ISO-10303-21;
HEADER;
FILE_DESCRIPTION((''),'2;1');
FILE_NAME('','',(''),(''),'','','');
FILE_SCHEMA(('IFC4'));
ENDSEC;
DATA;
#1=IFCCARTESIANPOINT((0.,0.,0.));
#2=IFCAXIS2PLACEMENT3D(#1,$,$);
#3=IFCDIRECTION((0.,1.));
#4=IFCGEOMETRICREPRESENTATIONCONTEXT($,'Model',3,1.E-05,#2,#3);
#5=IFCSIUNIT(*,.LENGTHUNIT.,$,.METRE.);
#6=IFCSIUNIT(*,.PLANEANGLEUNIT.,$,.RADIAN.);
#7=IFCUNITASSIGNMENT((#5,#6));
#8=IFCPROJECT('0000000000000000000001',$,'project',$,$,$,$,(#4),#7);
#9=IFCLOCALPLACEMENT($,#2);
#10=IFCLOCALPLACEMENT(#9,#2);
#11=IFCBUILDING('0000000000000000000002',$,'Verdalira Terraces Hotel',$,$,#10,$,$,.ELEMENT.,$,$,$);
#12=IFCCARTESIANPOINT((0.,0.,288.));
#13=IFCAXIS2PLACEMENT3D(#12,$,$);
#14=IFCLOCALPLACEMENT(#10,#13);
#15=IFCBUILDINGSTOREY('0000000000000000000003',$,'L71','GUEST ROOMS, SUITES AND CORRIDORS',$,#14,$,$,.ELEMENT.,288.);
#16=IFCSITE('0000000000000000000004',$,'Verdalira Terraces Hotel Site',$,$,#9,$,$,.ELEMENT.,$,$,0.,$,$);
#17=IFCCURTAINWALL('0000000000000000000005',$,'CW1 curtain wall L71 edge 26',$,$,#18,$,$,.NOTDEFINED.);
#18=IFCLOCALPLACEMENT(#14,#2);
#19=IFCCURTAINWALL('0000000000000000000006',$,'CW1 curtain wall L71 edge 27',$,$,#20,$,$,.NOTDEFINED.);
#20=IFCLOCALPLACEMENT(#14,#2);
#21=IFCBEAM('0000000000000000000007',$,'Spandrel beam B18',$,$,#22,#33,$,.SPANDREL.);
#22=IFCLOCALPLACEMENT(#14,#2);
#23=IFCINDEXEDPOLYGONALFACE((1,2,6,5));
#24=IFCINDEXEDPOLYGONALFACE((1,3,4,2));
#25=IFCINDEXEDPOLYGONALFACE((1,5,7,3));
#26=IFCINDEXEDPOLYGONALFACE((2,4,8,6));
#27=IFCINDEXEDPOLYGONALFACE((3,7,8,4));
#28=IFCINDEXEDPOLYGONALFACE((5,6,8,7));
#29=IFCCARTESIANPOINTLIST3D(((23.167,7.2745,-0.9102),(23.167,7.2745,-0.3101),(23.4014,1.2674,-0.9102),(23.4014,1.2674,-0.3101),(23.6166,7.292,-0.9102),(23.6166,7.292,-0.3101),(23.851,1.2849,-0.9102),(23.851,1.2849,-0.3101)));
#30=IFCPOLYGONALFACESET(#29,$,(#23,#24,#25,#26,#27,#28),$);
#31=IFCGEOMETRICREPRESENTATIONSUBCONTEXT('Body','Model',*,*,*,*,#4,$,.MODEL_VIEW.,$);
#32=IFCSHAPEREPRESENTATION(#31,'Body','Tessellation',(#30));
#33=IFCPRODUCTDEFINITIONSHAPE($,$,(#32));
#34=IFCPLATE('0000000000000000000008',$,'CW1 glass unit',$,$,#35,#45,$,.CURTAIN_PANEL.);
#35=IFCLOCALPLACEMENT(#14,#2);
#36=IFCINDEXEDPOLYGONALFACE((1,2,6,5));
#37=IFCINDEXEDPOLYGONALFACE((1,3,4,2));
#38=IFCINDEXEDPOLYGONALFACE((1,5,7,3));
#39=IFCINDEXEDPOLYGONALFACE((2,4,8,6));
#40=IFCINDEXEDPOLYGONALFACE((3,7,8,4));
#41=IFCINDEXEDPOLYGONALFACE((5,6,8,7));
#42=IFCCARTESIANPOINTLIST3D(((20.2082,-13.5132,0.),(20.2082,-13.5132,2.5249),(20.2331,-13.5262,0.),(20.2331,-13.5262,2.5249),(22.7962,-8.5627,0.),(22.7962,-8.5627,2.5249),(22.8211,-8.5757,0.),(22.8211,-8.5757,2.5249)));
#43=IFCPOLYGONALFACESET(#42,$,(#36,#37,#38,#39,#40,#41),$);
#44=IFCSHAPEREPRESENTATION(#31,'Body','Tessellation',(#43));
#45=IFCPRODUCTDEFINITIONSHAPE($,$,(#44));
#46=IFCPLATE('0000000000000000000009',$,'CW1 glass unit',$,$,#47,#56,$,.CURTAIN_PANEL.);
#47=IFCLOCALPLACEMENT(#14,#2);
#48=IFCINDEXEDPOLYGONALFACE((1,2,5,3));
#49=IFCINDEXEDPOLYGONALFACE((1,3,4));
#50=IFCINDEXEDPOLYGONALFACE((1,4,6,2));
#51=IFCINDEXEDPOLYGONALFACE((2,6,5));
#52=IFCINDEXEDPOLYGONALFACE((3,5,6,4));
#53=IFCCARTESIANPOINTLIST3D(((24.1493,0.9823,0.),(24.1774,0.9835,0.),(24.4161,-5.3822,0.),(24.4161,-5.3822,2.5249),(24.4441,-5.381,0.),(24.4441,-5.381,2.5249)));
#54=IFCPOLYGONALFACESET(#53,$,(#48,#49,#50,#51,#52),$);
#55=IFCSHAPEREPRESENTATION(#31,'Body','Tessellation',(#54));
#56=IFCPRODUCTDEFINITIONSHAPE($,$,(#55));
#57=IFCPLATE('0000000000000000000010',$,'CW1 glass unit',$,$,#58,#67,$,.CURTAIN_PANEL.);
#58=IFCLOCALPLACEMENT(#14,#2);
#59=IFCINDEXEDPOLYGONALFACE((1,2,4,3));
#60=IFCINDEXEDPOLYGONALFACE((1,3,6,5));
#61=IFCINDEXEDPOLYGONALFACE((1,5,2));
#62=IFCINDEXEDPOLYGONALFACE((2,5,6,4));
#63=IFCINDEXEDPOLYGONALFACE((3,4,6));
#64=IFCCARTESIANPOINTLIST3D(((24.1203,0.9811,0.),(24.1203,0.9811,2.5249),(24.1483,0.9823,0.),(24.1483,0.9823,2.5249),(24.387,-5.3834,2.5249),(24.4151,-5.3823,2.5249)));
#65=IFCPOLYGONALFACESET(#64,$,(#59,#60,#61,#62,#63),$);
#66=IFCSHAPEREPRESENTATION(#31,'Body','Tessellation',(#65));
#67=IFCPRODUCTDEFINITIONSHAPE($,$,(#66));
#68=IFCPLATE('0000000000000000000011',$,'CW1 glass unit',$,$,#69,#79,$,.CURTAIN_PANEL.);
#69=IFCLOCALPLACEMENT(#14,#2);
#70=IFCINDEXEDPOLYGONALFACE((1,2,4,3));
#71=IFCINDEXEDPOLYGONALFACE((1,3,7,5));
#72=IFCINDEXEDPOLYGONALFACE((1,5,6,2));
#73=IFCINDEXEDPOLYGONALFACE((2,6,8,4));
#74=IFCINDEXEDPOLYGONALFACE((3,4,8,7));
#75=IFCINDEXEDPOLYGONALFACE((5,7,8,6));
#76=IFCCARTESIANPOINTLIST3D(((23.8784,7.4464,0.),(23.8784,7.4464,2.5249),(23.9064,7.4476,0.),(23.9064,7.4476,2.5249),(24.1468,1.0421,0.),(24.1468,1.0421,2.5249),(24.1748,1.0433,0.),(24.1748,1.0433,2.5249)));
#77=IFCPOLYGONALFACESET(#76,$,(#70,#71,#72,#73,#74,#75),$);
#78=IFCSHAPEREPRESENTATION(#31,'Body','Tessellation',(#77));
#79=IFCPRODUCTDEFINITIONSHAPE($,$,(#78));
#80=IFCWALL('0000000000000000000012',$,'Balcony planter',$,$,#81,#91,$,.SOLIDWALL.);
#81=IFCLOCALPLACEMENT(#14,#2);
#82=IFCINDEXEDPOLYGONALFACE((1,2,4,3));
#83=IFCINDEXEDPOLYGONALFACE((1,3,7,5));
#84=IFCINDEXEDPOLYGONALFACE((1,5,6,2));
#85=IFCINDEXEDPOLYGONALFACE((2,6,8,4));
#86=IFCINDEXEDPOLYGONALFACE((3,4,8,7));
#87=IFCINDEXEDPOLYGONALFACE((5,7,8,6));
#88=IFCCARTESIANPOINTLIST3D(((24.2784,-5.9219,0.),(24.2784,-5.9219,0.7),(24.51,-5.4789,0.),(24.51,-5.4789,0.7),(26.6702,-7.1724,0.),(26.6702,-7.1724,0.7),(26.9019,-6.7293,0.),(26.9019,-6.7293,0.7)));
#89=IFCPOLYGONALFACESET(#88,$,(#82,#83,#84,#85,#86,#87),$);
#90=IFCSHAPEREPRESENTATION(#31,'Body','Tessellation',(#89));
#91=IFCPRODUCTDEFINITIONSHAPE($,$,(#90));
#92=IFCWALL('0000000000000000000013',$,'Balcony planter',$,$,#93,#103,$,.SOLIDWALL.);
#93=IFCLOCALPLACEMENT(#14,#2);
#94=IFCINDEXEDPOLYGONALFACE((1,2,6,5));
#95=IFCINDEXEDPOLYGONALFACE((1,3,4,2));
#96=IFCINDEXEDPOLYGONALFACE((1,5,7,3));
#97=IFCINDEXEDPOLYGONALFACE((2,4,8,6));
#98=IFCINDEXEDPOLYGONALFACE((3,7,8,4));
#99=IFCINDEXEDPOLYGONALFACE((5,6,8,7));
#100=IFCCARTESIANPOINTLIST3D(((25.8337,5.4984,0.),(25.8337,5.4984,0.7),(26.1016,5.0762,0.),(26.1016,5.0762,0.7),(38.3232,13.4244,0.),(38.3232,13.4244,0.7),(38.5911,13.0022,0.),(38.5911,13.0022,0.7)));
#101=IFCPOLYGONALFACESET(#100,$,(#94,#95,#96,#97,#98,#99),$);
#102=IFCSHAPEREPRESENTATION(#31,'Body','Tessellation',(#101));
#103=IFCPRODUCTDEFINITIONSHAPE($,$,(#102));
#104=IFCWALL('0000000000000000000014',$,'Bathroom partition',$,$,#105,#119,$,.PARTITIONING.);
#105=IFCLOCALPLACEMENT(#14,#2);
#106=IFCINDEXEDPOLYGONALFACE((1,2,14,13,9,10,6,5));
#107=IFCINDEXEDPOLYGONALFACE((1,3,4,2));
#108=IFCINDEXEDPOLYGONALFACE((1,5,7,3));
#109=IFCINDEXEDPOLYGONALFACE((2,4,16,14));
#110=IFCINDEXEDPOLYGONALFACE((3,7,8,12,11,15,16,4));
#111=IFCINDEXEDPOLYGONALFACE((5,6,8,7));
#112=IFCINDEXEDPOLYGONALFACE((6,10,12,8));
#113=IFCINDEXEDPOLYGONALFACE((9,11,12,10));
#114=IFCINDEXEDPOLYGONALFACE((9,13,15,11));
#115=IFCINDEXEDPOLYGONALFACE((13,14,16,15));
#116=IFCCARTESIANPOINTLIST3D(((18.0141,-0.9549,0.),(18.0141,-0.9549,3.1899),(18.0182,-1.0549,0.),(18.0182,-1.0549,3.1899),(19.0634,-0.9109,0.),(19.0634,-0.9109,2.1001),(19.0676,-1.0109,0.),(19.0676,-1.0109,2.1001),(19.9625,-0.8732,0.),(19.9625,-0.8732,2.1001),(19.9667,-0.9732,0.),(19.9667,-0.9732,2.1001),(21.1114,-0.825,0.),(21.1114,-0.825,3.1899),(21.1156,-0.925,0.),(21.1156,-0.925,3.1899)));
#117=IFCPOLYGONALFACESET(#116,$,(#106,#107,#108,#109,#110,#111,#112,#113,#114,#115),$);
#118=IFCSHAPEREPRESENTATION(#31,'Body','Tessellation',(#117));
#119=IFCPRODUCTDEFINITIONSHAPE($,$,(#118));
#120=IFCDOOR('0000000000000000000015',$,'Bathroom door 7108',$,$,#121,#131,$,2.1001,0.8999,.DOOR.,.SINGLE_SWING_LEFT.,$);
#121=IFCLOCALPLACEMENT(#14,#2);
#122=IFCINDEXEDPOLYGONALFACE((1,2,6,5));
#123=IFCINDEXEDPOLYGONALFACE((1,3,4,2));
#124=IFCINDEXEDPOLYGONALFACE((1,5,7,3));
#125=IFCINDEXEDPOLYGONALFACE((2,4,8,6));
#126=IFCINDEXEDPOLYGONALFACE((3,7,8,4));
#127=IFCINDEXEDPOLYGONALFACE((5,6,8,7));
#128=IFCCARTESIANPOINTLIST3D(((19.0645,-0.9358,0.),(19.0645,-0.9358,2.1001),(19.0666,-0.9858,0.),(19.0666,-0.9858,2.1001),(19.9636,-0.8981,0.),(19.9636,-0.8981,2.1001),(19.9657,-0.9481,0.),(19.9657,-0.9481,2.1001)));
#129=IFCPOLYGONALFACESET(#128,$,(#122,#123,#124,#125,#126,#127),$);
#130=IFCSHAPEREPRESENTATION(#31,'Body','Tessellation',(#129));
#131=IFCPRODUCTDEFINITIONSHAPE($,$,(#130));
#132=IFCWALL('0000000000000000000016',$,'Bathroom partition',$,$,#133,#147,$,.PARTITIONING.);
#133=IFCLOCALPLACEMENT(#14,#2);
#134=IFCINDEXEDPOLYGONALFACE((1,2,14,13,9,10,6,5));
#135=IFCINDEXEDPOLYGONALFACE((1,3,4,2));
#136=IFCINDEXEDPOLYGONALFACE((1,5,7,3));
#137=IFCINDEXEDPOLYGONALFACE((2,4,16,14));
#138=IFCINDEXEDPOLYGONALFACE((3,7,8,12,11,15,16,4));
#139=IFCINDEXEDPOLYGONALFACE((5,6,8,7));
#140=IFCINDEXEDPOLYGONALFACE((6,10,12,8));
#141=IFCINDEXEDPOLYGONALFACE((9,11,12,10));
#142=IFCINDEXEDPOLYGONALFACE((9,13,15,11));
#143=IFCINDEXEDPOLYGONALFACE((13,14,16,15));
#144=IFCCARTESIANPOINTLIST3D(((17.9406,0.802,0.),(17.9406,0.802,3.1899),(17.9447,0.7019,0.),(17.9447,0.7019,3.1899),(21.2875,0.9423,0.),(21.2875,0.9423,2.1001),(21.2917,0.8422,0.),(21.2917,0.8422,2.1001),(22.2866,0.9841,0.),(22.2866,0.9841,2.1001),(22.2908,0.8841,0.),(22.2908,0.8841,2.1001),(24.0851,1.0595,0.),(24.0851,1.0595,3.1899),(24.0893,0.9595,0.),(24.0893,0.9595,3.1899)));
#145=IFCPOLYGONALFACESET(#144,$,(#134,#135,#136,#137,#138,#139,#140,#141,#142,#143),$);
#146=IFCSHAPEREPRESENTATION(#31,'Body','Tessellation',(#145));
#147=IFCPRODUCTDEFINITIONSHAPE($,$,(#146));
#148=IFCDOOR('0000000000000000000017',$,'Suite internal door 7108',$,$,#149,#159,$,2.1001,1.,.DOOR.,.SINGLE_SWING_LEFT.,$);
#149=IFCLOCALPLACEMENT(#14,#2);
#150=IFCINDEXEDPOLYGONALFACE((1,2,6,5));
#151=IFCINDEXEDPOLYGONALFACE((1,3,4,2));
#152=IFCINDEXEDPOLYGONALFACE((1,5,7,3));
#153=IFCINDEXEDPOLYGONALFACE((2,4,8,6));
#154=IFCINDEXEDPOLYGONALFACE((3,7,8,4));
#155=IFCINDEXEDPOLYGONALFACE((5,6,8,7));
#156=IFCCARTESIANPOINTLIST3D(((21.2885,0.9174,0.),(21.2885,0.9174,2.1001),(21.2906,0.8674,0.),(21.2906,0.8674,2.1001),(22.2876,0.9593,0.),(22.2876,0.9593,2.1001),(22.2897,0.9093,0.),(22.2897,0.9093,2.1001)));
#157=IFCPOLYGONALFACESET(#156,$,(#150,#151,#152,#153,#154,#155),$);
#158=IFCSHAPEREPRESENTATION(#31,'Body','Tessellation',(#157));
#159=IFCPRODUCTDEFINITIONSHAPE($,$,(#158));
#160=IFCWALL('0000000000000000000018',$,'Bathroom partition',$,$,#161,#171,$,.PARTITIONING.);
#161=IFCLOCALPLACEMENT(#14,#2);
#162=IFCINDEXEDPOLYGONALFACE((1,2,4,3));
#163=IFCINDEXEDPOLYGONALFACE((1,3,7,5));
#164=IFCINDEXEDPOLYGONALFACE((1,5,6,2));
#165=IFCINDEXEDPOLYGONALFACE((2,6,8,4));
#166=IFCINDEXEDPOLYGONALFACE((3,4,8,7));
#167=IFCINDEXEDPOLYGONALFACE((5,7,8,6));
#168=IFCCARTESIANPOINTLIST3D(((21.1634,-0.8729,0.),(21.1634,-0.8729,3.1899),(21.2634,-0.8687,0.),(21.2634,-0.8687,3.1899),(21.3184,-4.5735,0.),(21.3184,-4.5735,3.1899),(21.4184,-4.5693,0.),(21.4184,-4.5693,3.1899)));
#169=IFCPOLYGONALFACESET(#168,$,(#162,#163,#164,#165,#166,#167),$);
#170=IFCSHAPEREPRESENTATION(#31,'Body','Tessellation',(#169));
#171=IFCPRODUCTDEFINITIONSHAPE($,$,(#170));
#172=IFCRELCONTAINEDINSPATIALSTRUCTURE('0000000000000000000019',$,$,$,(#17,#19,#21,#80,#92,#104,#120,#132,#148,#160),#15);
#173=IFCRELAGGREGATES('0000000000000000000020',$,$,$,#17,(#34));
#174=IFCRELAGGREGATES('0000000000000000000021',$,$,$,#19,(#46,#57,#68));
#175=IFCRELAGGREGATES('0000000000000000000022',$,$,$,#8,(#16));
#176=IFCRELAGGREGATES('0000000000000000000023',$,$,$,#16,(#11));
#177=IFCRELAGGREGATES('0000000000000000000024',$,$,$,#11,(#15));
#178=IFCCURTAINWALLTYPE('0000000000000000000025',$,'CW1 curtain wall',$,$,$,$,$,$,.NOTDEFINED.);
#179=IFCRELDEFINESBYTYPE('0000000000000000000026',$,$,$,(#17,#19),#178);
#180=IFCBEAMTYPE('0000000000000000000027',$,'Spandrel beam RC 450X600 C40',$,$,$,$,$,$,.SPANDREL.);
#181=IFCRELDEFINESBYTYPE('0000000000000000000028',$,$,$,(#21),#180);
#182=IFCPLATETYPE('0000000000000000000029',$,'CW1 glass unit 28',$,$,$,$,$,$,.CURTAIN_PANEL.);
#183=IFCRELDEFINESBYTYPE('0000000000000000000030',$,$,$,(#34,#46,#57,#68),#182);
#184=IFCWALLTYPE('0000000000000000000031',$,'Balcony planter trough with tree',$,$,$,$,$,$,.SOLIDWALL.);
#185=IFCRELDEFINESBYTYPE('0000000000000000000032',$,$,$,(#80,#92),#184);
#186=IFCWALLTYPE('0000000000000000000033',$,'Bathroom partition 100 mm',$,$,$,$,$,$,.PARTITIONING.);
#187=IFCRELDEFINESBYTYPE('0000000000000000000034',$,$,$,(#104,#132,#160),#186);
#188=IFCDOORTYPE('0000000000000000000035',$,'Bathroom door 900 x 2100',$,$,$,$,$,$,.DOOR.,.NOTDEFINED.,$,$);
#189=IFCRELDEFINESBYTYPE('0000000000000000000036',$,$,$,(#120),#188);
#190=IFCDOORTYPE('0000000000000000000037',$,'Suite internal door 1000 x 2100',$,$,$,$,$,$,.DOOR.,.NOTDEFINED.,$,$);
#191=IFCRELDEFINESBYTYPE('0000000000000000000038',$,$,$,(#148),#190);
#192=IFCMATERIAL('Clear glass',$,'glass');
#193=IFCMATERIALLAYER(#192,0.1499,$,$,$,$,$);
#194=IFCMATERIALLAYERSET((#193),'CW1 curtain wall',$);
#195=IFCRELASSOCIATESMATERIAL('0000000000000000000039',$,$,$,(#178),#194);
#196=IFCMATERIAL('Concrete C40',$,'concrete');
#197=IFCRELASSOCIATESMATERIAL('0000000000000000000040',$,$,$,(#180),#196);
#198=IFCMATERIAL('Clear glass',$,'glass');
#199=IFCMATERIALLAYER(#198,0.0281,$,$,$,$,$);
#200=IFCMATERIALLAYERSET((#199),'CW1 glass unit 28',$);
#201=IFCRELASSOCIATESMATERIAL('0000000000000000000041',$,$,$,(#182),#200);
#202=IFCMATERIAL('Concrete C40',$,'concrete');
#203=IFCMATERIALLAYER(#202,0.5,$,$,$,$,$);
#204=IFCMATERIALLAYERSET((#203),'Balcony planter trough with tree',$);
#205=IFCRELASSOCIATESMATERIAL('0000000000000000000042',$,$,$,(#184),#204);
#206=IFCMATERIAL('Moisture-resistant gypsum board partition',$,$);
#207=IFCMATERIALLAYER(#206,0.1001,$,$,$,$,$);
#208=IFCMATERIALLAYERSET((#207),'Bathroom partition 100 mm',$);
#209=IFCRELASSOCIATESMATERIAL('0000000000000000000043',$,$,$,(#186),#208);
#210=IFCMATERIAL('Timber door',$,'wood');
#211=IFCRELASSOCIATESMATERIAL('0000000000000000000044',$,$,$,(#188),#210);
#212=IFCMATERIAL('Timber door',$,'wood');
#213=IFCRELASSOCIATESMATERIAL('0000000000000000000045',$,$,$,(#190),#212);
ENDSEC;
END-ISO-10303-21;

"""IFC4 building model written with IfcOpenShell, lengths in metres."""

from ifc_helpers import new_model, si_unit, direction, frame, frame_2d, origin, origin_2d, place, context, subcontext, project, spatial, polyline, rectangle, outline, extrude, material, layer, layer_set, material_profile, profile_set, type_object, element, fill, aggregate, save


model = new_model("IFC4")

# Units and contexts
model_context = context("Model", 3, precision=1e-05, world=origin(), true_north=direction((0.0, 1.0)))
body_context = subcontext(model_context, "Body", "Model", "MODEL_VIEW")
ifc_project = project(units=[si_unit("LENGTHUNIT", "METRE"), si_unit("PLANEANGLEUNIT", "RADIAN")], contexts=[model_context])

# Site, building, storey
site_placement = place(None, origin())
site = spatial("IfcSite", under=ifc_project, at=site_placement, Name="Verdalira Terraces Hotel Site", CompositionType="ELEMENT", RefElevation=0.0)
building_placement = place(site_placement, origin())
building = spatial("IfcBuilding", under=site, at=building_placement, Name="Verdalira Terraces Hotel", CompositionType="ELEMENT")
storey_placement = place(building_placement, frame((0.0, 0.0, 288.0)))
storey = spatial("IfcBuildingStorey", under=building, at=storey_placement, Name="L71", Description="GUEST ROOMS, SUITES AND CORRIDORS", CompositionType="ELEMENT", Elevation=288.0)

# Curtain wall
ifc_material_1 = material(Name="Clear glass", Category="glass")
ifc_layer_1 = layer(ifc_material_1, 0.1499)
ifc_layer_set_1 = layer_set([ifc_layer_1], Name="CW1 curtain wall")
curtain_wall_type = type_object("IfcCurtainWallType", Name="CW1 curtain wall", PredefinedType="NOTDEFINED", material=ifc_layer_set_1)
curtain_wall_1_placement = place(storey_placement, origin())
curtain_wall_1 = element("IfcCurtainWall", 1, at=curtain_wall_1_placement, inside=storey, type_object=curtain_wall_type, Name="CW1 curtain wall L71 edge 26", PredefinedType="NOTDEFINED")

# Curtain wall
curtain_wall_2_placement = place(storey_placement, origin())
curtain_wall_2 = element("IfcCurtainWall", 2, at=curtain_wall_2_placement, inside=storey, type_object=curtain_wall_type, Name="CW1 curtain wall L71 edge 27", PredefinedType="NOTDEFINED")

# Beam
ifc_material_2 = material(Name="Concrete C40", Category="concrete")
ifc_material_profile_1 = material_profile(ifc_material_2, rectangle(XDim=0.45, YDim=0.6001, at=origin_2d()), Name="RC 450X600")
ifc_profile_set_1 = profile_set([ifc_material_profile_1], Name="Concrete C40")
beam_type_1 = type_object("IfcBeamType", Name="Spandrel beam RC 450X600 C40", PredefinedType="SPANDREL", material=ifc_profile_set_1)
beam_1_placement = place(storey_placement, frame((23.6262, 1.2761, -0.6101), z_axis=(-0.038987, 0.99924, 0.0), x_axis=(-0.99924, -0.038987, 0.0)))
element("IfcBeam", 3, at=beam_1_placement, inside=storey, type_object=beam_type_1, Name="Spandrel beam B18", PredefinedType="SPANDREL", context=body_context, shape_type="SweptSolid", body=[
    extrude(rectangle(XDim=0.45, YDim=0.6001, at=origin_2d()), origin(), (0.0, 0.0, 1.0), 6.0117),
])

# Plates
ifc_material_3 = material(Name="Clear glass", Category="glass")
ifc_layer_2 = layer(ifc_material_3, 0.0281)
ifc_layer_set_2 = layer_set([ifc_layer_2], Name="CW1 glass unit 28")
plate_type = type_object("IfcPlateType", Name="CW1 glass unit 28", PredefinedType="CURTAIN_PANEL", material=ifc_layer_set_2)
plate_1_placement = place(storey_placement, frame((21.5146, -11.0444, 0.0), z_axis=(0.0, 0.0, 1.0), x_axis=(0.463296, 0.886204, 0.0)))
plate_1 = element("IfcPlate", 4, at=plate_1_placement, type_object=plate_type, Name="CW1 glass unit", PredefinedType="CURTAIN_PANEL", context=body_context, shape_type="SweptSolid", body=[
    extrude(rectangle(XDim=5.5862, YDim=0.0281, at=origin_2d()), origin(), (0.0, 0.0, 1.0), 2.5249),
])
aggregate(curtain_wall_1, [plate_1])
plate_2_placement = place(storey_placement, frame((24.2827, -2.2, 1.2625), z_axis=(0.999123, 0.041876, 0.0), x_axis=(-0.041876, 0.999123, 0.0)))
plate_2 = element("IfcPlate", 5, at=plate_2_placement, type_object=plate_type, Name="CW1 glass unit", PredefinedType="CURTAIN_PANEL", context=body_context, shape_type="SweptSolid", body=[
    extrude(outline(polyline([(-3.1851, -1.2625), (3.1851, -1.2625), (-3.1851, 1.2625), (-3.1851, -1.2625)])), origin(), (0.0, 0.0, 1.0), 0.0281),
])
plate_3_placement = place(storey_placement, frame((24.2537, -2.2012, 1.2625), z_axis=(0.999123, 0.041876, 0.0), x_axis=(-0.041876, 0.999123, 0.0)))
plate_3 = element("IfcPlate", 6, at=plate_3_placement, type_object=plate_type, Name="CW1 glass unit", PredefinedType="CURTAIN_PANEL", context=body_context, shape_type="SweptSolid", body=[
    extrude(outline(polyline([(3.1851, -1.2625), (3.1851, 1.2625), (-3.1851, 1.2625), (3.1851, -1.2625)])), origin(), (0.0, 0.0, 1.0), 0.0281),
])
plate_4_placement = place(storey_placement, frame((24.0266, 4.2449, 0.0), z_axis=(0.0, 0.0, 1.0), x_axis=(-0.041876, 0.999123, 0.0)))
plate_4 = element("IfcPlate", 7, at=plate_4_placement, type_object=plate_type, Name="CW1 glass unit", PredefinedType="CURTAIN_PANEL", context=body_context, shape_type="SweptSolid", body=[
    extrude(rectangle(XDim=6.4099, YDim=0.0281, at=origin_2d()), origin(), (0.0, 0.0, 1.0), 2.5249),
])
aggregate(curtain_wall_2, [plate_2, plate_3, plate_4])

# Walls
ifc_material_4 = material(Name="Concrete C40", Category="concrete")
ifc_layer_3 = layer(ifc_material_4, 0.5)
ifc_layer_set_3 = layer_set([ifc_layer_3], Name="Balcony planter trough with tree")
wall_type_1 = type_object("IfcWallType", Name="Balcony planter trough with tree", PredefinedType="SOLIDWALL", material=ifc_layer_set_3)
wall_1_placement = place(storey_placement, frame((26.7861, -6.9509, 0.0), z_axis=(0.0, 0.0, 1.0), x_axis=(-0.886194, 0.463314, 0.0)))
element("IfcWall", 8, at=wall_1_placement, inside=storey, type_object=wall_type_1, Name="Balcony planter", PredefinedType="SOLIDWALL", context=body_context, shape_type="SweptSolid", body=[
    extrude(rectangle(XDim=2.699, YDim=0.5, at=frame_2d((1.3496, 0.0))), origin(), (0.0, 0.0, 1.0), 0.7),
])
wall_2_placement = place(storey_placement, frame((25.9678, 5.2874, 0.0), z_axis=(0.0, 0.0, 1.0), x_axis=(0.84433, 0.535824, 0.0)))
element("IfcWall", 9, at=wall_2_placement, inside=storey, type_object=wall_type_1, Name="Balcony planter", PredefinedType="SOLIDWALL", context=body_context, shape_type="SweptSolid", body=[
    extrude(rectangle(XDim=14.7922, YDim=0.5, at=frame_2d((7.396, 0.0))), origin(), (0.0, 0.0, 1.0), 0.7),
])

# Walls, openings, doors
ifc_material_5 = material(Name="Moisture-resistant gypsum board partition")
ifc_layer_4 = layer(ifc_material_5, 0.1001)
ifc_layer_set_4 = layer_set([ifc_layer_4], Name="Bathroom partition 100 mm")
wall_type_2 = type_object("IfcWallType", Name="Bathroom partition 100 mm", PredefinedType="PARTITIONING", material=ifc_layer_set_4)
wall_3_placement = place(storey_placement, frame((21.1135, -0.875, 0.0), z_axis=(0.0, 0.0, 1.0), x_axis=(-0.999122, -0.041896, 0.0)))
wall_3 = element("IfcWall", 10, at=wall_3_placement, inside=storey, type_object=wall_type_2, Name="Bathroom partition", PredefinedType="PARTITIONING", context=body_context, shape_type="SweptSolid", body=[
    extrude(rectangle(XDim=3.1001, YDim=0.1001, at=frame_2d((1.55, 0.0))), origin(), (0.0, 0.0, 1.0), 3.1899),
])
opening_1_placement = place(wall_3_placement, frame((1.1499, 0.0, 0.0)))
opening_1 = element("IfcOpeningElement", 11, at=opening_1_placement, cuts=wall_3, PredefinedType="OPENING", context=body_context, shape_type="SweptSolid", body=[
    extrude(rectangle(XDim=0.8999, YDim=2.1001, at=frame_2d((0.45, 1.05))), frame((0.0, 0.0601, 0.0), z_axis=(0.0, -1.0, 0.0), x_axis=(1.0, 0.0, 0.0)), (0.0, 0.0, 1.0), 0.1201),
])
ifc_material_6 = material(Name="Timber door", Category="wood")
door_type_1 = type_object("IfcDoorType", Name="Bathroom door 900 x 2100", OperationType="NOTDEFINED", PredefinedType="DOOR", material=ifc_material_6)
door_1_placement = place(opening_1_placement, origin())
door_1 = element("IfcDoor", 12, at=door_1_placement, inside=storey, type_object=door_type_1, Name="Bathroom door 7108", OperationType="SINGLE_SWING_LEFT", OverallHeight=2.1001, OverallWidth=0.8999, PredefinedType="DOOR", context=body_context, shape_type="SweptSolid", body=[
    extrude(rectangle(XDim=0.8999, YDim=2.1001, at=frame_2d((0.45, 1.05))), frame((0.0, 0.0249, 0.0), z_axis=(0.0, -1.0, 0.0), x_axis=(1.0, 0.0, 0.0)), (0.0, 0.0, 1.0), 0.05),
])
fill(opening_1, door_1)
wall_4_placement = place(storey_placement, frame((24.0872, 1.0095, 0.0), z_axis=(0.0, 0.0, 1.0), x_axis=(-0.999123, -0.041882, 0.0)))
wall_4 = element("IfcWall", 13, at=wall_4_placement, inside=storey, type_object=wall_type_2, Name="Bathroom partition", PredefinedType="PARTITIONING", context=body_context, shape_type="SweptSolid", body=[
    extrude(rectangle(XDim=6.1499, YDim=0.1001, at=frame_2d((3.075, 0.0))), origin(), (0.0, 0.0, 1.0), 3.1899),
])
opening_2_placement = place(wall_4_placement, frame((1.8, 0.0, 0.0)))
opening_2 = element("IfcOpeningElement", 14, at=opening_2_placement, cuts=wall_4, PredefinedType="OPENING", context=body_context, shape_type="SweptSolid", body=[
    extrude(rectangle(XDim=1.0, YDim=2.1001, at=frame_2d((0.5, 1.05))), frame((0.0, 0.0601, 0.0), z_axis=(0.0, -1.0, 0.0), x_axis=(1.0, 0.0, 0.0)), (0.0, 0.0, 1.0), 0.1201),
])
ifc_material_7 = material(Name="Timber door", Category="wood")
door_type_2 = type_object("IfcDoorType", Name="Suite internal door 1000 x 2100", OperationType="NOTDEFINED", PredefinedType="DOOR", material=ifc_material_7)
door_2_placement = place(opening_2_placement, origin())
door_2 = element("IfcDoor", 15, at=door_2_placement, inside=storey, type_object=door_type_2, Name="Suite internal door 7108", OperationType="SINGLE_SWING_LEFT", OverallHeight=2.1001, OverallWidth=1.0, PredefinedType="DOOR", context=body_context, shape_type="SweptSolid", body=[
    extrude(rectangle(XDim=1.0, YDim=2.1001, at=frame_2d((0.5, 1.05))), frame((0.0, 0.0249, 0.0), z_axis=(0.0, -1.0, 0.0), x_axis=(1.0, 0.0, 0.0)), (0.0, 0.0, 1.0), 0.05),
])
fill(opening_2, door_2)

# Wall
wall_5_placement = place(storey_placement, frame((21.3684, -4.5715, 0.0), z_axis=(0.0, 0.0, 1.0), x_axis=(-0.041855, 0.999124, 0.0)))
element("IfcWall", 16, at=wall_5_placement, inside=storey, type_object=wall_type_2, Name="Bathroom partition", PredefinedType="PARTITIONING", context=body_context, shape_type="SweptSolid", body=[
    extrude(rectangle(XDim=3.7039, YDim=0.1001, at=frame_2d((1.8521, 0.0))), origin(), (0.0, 0.0, 1.0), 3.1899),
])

save(model, "model.ifc")
